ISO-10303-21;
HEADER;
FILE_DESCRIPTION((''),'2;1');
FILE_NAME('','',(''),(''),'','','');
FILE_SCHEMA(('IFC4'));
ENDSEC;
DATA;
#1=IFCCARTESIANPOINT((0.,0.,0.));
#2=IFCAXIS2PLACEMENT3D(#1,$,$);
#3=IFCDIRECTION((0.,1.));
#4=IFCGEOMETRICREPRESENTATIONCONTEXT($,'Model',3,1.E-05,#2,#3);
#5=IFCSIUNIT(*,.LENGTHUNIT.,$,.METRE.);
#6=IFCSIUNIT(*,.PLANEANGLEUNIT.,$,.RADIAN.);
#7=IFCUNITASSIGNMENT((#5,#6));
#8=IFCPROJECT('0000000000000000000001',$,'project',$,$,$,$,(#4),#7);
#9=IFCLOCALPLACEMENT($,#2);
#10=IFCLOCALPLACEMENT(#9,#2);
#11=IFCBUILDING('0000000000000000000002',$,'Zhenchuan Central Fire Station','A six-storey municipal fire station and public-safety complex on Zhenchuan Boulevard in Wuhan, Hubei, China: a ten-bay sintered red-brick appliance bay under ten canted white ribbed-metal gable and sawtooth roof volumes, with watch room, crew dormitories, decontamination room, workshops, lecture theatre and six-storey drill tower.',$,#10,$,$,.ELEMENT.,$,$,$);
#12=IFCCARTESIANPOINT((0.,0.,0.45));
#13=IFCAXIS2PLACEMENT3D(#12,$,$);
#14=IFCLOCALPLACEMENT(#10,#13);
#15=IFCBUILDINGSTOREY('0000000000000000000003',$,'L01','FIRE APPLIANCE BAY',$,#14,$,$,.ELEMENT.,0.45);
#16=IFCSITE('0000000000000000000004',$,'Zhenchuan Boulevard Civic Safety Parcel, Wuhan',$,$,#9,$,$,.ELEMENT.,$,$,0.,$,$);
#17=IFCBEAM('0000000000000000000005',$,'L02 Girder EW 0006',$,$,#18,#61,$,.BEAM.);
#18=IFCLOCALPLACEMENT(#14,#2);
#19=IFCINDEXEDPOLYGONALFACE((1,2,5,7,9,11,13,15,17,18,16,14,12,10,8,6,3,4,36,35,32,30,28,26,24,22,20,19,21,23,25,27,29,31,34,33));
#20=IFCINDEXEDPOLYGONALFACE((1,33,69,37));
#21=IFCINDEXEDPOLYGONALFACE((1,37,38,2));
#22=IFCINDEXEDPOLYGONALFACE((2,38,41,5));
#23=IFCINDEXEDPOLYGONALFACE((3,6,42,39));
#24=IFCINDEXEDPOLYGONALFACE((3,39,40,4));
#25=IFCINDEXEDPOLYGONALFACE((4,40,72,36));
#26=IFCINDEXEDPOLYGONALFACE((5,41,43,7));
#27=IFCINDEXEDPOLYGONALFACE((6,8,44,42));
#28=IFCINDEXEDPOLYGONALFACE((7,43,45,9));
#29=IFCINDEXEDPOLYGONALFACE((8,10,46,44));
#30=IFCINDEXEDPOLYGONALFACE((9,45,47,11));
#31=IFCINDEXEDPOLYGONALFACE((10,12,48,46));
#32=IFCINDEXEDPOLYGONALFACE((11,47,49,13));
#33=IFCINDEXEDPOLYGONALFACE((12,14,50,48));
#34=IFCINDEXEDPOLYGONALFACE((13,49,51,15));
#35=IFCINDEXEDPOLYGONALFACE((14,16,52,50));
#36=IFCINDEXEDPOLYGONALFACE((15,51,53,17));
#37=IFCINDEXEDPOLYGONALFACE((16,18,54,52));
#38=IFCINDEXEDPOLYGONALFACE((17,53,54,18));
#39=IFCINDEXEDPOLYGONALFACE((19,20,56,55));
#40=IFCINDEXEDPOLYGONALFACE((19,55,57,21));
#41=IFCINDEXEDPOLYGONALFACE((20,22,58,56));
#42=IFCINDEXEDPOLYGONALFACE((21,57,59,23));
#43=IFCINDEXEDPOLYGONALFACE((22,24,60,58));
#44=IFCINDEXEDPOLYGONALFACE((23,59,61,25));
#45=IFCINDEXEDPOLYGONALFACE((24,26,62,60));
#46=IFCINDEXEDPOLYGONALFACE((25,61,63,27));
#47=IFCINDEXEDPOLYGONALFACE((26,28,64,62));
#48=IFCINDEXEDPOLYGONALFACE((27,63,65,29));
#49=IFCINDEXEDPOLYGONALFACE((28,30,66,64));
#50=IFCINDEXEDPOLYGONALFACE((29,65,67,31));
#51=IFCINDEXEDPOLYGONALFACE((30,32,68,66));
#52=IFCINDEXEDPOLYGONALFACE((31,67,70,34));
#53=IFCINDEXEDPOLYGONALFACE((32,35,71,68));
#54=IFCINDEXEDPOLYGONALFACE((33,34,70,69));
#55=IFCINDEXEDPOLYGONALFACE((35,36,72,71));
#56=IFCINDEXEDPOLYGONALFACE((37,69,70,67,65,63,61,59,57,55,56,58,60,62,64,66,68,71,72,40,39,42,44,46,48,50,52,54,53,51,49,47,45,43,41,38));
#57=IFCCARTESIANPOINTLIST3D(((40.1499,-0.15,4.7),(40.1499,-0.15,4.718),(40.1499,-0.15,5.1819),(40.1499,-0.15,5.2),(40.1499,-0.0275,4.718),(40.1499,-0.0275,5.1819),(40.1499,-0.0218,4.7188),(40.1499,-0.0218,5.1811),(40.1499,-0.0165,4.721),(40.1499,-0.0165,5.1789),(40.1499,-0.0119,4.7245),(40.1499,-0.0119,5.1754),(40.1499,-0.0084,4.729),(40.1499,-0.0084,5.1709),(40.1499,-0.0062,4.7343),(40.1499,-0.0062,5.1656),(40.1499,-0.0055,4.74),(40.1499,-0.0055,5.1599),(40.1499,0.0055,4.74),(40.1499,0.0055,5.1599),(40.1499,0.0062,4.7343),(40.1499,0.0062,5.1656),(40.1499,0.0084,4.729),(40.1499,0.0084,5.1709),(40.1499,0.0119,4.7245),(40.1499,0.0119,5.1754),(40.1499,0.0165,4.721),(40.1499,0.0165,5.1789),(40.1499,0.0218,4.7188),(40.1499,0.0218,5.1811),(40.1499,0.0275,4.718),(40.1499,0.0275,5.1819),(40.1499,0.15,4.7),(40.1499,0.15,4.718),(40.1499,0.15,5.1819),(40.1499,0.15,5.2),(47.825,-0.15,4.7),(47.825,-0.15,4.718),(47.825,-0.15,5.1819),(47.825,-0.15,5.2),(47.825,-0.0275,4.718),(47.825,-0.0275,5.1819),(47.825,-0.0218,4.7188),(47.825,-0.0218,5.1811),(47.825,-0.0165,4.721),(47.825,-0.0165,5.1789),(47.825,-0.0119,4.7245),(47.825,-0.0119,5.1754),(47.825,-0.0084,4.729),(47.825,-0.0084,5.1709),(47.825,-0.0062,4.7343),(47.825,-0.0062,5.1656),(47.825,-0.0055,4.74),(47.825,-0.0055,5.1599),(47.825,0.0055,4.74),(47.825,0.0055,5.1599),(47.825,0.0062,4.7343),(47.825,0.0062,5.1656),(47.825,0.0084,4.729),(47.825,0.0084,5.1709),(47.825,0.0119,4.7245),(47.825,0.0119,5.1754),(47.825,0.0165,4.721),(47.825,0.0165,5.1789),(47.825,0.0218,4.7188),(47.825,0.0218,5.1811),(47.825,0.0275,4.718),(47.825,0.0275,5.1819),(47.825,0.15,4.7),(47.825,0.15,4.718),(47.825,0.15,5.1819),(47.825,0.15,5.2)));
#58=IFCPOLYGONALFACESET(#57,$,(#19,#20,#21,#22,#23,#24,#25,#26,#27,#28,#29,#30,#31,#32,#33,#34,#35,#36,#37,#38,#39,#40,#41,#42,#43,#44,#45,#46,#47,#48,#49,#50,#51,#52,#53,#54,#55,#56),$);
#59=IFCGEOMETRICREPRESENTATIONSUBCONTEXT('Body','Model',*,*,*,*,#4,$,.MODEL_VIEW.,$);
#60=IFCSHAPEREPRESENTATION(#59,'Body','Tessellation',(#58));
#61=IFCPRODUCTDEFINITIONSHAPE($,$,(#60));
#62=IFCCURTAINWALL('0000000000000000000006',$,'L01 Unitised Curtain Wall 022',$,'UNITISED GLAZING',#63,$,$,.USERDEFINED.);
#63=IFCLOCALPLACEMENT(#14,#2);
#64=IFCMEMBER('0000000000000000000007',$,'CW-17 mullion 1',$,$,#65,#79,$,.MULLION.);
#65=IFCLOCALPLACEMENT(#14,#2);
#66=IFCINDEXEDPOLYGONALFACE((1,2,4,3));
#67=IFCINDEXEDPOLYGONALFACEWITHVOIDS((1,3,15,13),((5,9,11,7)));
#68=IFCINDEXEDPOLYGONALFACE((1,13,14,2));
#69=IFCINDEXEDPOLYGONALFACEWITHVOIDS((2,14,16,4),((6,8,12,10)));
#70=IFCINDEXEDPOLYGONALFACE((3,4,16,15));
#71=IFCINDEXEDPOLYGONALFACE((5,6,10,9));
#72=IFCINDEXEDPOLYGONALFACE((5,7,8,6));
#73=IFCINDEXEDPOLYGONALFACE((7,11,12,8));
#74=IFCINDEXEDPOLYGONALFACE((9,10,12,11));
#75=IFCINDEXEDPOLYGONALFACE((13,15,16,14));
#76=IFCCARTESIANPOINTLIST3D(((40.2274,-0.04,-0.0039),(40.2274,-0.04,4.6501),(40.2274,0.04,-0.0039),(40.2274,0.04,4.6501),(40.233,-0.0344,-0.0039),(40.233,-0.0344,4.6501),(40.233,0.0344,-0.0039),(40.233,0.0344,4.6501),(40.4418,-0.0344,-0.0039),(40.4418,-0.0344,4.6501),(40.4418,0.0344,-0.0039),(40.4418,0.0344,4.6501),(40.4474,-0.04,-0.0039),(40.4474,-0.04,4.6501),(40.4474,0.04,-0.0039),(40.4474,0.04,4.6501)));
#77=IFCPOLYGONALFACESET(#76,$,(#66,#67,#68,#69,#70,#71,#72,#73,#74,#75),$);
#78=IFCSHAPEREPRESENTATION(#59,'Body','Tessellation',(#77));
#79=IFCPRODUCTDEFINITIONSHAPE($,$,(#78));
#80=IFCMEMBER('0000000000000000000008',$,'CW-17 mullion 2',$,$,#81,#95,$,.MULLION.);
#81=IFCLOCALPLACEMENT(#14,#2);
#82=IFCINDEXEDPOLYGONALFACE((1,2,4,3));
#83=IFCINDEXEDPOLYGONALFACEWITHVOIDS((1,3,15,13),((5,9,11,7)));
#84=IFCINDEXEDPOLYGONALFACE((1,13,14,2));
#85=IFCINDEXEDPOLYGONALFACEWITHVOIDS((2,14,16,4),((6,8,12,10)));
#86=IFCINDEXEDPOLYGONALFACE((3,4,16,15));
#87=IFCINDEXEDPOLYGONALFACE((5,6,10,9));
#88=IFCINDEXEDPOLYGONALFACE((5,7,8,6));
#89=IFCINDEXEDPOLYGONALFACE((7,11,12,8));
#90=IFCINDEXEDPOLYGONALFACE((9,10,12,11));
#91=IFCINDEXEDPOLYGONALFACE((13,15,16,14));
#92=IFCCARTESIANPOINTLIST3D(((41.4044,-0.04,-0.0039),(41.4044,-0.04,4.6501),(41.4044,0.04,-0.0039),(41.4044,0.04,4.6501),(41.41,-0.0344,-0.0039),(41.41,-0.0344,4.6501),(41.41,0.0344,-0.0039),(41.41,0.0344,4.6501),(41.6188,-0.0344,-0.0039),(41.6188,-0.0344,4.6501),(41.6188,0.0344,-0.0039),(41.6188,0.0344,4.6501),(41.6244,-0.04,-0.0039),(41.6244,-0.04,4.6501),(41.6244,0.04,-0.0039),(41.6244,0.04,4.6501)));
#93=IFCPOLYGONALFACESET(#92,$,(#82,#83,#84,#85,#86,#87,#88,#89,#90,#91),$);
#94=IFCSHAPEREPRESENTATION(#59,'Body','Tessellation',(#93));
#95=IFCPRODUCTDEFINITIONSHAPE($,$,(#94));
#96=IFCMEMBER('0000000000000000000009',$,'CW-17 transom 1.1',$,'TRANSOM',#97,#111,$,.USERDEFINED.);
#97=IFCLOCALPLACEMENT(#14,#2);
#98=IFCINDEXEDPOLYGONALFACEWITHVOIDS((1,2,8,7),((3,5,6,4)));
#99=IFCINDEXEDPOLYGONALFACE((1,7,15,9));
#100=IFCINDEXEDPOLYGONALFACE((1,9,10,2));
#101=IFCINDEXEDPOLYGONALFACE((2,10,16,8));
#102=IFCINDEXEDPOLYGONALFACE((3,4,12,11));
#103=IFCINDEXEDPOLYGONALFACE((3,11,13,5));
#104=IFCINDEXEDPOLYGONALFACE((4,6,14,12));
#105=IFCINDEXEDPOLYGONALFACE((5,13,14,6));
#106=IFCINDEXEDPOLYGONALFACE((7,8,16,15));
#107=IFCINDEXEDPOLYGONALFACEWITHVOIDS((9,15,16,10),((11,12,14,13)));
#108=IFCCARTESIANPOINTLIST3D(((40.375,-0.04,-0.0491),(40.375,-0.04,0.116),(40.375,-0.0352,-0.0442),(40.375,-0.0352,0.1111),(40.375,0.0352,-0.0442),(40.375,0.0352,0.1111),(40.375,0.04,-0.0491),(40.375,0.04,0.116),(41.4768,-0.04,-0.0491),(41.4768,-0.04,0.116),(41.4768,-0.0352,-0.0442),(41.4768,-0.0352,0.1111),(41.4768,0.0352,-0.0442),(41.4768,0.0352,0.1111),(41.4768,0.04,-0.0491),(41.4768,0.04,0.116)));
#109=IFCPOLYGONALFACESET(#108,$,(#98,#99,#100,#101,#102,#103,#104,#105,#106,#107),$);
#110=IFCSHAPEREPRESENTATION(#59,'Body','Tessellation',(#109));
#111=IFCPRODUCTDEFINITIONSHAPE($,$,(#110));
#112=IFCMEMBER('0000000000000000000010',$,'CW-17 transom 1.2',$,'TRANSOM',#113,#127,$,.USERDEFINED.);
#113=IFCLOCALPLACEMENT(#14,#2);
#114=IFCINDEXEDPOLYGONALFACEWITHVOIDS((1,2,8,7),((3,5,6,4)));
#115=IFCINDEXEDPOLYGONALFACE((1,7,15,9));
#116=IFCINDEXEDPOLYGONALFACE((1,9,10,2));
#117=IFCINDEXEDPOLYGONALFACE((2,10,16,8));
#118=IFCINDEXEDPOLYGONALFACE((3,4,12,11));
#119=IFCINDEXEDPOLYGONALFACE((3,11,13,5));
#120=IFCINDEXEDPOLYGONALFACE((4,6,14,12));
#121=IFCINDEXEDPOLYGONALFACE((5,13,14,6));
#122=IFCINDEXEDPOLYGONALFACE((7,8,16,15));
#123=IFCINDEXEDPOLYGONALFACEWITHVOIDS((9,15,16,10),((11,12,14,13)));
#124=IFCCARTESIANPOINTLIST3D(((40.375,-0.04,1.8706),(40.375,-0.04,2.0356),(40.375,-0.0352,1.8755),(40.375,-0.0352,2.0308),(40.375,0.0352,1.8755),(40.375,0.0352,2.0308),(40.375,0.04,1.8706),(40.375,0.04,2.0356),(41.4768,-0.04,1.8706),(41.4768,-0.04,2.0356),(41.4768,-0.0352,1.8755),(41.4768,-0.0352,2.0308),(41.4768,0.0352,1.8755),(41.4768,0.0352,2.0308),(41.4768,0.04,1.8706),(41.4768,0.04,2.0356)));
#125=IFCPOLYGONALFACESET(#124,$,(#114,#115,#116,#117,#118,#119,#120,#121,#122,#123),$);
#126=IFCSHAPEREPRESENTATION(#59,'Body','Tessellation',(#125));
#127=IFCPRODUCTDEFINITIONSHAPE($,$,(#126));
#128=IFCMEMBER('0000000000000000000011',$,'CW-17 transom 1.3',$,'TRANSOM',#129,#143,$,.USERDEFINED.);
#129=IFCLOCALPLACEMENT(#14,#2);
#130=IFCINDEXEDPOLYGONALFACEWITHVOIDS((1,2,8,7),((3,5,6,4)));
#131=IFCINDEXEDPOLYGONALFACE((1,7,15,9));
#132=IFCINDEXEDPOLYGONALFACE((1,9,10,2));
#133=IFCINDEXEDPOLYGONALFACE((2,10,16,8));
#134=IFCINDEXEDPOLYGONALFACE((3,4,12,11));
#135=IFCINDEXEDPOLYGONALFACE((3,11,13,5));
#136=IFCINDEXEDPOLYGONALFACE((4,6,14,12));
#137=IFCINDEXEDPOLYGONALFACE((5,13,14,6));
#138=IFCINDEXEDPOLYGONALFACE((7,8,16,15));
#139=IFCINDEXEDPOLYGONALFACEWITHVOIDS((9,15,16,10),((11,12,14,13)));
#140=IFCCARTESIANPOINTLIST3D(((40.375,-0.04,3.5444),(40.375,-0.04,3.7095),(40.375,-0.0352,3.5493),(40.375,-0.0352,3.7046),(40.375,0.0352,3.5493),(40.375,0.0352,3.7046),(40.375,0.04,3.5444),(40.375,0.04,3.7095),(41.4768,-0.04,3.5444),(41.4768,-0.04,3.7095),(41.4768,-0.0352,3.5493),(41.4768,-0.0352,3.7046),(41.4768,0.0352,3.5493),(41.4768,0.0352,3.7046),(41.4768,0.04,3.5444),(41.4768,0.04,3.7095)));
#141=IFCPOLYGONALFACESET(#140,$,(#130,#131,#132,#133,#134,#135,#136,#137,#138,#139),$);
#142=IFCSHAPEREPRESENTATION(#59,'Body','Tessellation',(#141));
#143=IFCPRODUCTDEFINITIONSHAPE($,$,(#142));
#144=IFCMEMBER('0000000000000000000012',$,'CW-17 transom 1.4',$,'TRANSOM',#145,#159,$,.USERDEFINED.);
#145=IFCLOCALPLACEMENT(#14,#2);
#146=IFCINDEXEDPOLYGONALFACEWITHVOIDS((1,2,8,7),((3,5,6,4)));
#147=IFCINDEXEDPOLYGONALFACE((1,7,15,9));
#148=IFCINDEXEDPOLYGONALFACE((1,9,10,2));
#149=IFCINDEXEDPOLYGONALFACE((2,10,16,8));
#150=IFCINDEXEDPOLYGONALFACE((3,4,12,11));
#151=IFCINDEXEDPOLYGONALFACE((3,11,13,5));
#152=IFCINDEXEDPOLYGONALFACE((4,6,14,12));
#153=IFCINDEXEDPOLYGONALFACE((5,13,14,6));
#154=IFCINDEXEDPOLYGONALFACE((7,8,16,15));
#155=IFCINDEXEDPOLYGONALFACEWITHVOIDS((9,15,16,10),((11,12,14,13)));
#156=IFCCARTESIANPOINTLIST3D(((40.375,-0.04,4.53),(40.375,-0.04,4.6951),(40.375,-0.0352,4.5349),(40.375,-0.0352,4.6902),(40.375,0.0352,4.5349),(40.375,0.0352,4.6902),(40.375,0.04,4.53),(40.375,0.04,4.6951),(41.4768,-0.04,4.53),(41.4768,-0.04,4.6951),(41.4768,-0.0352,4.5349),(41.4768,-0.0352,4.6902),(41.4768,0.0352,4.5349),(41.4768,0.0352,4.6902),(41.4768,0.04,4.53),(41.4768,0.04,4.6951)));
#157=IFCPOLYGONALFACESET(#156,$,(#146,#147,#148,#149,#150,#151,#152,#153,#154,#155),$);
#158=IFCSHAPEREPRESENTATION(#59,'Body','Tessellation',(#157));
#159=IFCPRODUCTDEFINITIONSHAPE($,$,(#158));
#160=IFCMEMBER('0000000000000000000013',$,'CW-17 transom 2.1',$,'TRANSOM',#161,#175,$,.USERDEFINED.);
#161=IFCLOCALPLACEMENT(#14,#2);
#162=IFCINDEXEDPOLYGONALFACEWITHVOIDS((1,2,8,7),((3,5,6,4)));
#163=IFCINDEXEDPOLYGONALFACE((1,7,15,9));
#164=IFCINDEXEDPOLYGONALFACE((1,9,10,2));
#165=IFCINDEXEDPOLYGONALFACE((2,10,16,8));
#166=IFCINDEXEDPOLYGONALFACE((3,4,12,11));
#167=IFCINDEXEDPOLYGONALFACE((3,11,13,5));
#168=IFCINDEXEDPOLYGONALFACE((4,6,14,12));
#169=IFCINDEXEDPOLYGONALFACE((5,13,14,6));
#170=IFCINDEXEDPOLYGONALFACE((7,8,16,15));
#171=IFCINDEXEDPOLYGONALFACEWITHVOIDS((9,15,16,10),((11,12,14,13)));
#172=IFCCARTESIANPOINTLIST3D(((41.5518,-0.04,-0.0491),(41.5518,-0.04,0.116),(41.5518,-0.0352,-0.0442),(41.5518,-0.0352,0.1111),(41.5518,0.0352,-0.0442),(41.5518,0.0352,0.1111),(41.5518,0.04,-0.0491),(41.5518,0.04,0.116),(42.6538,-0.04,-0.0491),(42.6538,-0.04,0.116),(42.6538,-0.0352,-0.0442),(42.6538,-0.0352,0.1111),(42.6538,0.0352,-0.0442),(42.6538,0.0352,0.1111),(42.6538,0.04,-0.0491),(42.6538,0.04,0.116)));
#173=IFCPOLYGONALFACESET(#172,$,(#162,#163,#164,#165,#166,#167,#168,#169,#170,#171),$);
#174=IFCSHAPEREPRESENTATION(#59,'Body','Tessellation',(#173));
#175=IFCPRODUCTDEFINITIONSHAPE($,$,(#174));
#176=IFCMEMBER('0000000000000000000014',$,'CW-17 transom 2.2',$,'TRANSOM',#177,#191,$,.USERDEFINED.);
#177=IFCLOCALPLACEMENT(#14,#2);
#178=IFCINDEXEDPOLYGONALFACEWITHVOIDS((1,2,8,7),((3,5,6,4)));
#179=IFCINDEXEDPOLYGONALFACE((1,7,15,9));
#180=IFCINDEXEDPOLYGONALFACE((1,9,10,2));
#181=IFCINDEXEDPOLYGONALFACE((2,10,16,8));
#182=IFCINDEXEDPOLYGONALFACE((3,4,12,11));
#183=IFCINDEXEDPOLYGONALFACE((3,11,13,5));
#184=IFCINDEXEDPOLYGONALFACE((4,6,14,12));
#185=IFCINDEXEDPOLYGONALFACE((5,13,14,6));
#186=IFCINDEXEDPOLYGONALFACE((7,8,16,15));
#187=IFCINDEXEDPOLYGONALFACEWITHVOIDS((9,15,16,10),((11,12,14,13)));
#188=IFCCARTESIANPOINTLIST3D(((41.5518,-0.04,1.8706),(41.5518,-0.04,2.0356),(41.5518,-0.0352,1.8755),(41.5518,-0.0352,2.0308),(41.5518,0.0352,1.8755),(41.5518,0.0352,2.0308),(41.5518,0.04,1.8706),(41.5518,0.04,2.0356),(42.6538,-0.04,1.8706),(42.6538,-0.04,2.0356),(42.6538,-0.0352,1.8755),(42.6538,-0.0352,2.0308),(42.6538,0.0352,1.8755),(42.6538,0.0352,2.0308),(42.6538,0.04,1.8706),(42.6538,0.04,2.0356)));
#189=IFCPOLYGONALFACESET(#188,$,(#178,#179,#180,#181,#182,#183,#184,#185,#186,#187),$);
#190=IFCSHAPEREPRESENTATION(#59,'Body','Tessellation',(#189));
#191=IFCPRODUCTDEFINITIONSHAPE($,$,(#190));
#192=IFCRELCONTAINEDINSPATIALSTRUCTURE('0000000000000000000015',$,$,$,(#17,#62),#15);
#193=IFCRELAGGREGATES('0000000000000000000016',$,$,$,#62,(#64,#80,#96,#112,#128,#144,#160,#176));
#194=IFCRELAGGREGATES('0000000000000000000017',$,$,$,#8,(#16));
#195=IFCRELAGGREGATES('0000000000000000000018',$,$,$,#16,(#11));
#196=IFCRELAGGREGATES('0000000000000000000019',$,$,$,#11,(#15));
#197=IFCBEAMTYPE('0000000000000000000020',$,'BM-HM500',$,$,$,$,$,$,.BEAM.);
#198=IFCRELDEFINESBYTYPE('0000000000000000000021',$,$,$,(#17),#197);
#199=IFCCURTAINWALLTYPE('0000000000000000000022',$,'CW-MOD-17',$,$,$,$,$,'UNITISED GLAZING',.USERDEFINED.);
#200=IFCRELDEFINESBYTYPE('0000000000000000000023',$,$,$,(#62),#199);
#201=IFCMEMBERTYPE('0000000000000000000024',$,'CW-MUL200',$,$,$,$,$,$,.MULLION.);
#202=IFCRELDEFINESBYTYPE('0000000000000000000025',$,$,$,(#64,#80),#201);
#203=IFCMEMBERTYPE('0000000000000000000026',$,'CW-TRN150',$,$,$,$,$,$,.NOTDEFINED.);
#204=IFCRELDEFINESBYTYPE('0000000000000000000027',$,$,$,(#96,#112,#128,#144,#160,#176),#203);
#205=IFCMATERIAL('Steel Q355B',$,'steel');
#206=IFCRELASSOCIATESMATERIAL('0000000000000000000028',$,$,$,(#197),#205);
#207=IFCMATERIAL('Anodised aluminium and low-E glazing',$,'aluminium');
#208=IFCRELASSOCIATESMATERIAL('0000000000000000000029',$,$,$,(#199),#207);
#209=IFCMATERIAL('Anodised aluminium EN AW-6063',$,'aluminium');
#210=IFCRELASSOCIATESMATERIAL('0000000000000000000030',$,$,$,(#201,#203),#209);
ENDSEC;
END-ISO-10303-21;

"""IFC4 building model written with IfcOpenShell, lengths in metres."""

from ifc_helpers import new_model, si_unit, direction, frame, origin, origin_2d, place, context, subcontext, project, spatial, hollow_rectangle, i_section, extrude, material, material_profile, profile_set, type_object, element, aggregate, save


model = new_model("IFC4")

# Units and contexts
model_context = context("Model", 3, precision=1e-05, world=origin(), true_north=direction((0.0, 1.0)))
body_context = subcontext(model_context, "Body", "Model", "MODEL_VIEW")
ifc_project = project(units=[si_unit("LENGTHUNIT", "METRE"), si_unit("PLANEANGLEUNIT", "RADIAN")], contexts=[model_context])

# Site, building, storey
site_placement = place(None, origin())
site = spatial("IfcSite", under=ifc_project, at=site_placement, Name="Zhenchuan Boulevard Civic Safety Parcel, Wuhan", CompositionType="ELEMENT", RefElevation=0.0)
building_placement = place(site_placement, origin())
building = spatial("IfcBuilding", under=site, at=building_placement, Name="Zhenchuan Central Fire Station", Description="A six-storey municipal fire station and public-safety complex on Zhenchuan Boulevard in Wuhan, Hubei, China: a ten-bay sintered red-brick appliance bay under ten canted white ribbed-metal gable and sawtooth roof volumes, with watch room, crew dormitories, decontamination room, workshops, lecture theatre and six-storey drill tower.", CompositionType="ELEMENT")
storey_placement = place(building_placement, frame((0.0, 0.0, 0.45)))
storey = spatial("IfcBuildingStorey", under=building, at=storey_placement, Name="L01", Description="FIRE APPLIANCE BAY", CompositionType="ELEMENT", Elevation=0.45)

# Shared definitions
ifc_material_1 = material(Name="Steel Q355B", Category="steel")

# Beam
ifc_material_profile_1 = material_profile(ifc_material_1, i_section(OverallWidth=0.3, OverallDepth=0.5, WebThickness=0.011, FlangeThickness=0.0181, FilletRadius=0.022, at=origin_2d()), Name="HM 500x300")
ifc_profile_set_1 = profile_set([ifc_material_profile_1], Name="Steel Q355B")
beam_type_1 = type_object("IfcBeamType", Name="BM-HM500", PredefinedType="BEAM", material=ifc_profile_set_1)
beam_1_placement = place(storey_placement, frame((40.1499, 0.0, 4.95), z_axis=(1.0, 0.0, 0.0), x_axis=(0.0, 1.0, 0.0)))
element("IfcBeam", 1, at=beam_1_placement, inside=storey, type_object=beam_type_1, Name="L02 Girder EW 0006", PredefinedType="BEAM", context=body_context, shape_type="SweptSolid", body=[
    extrude(i_section(OverallWidth=0.3, OverallDepth=0.5, WebThickness=0.011, FlangeThickness=0.0181, FilletRadius=0.022, at=origin_2d()), origin(), (0.0, 0.0, 1.0), 7.675),
])

# Curtain wall, members
ifc_material_2 = material(Name="Anodised aluminium and low-E glazing", Category="aluminium")
curtain_wall_type = type_object("IfcCurtainWallType", Name="CW-MOD-17", ElementType="UNITISED GLAZING", PredefinedType="USERDEFINED", material=ifc_material_2)
curtain_wall_placement = place(storey_placement, origin())
curtain_wall = element("IfcCurtainWall", 2, at=curtain_wall_placement, inside=storey, type_object=curtain_wall_type, Name="L01 Unitised Curtain Wall 022", ObjectType="UNITISED GLAZING", PredefinedType="USERDEFINED")
ifc_material_3 = material(Name="Anodised aluminium EN AW-6063", Category="aluminium")
ifc_material_profile_2 = material_profile(ifc_material_3, hollow_rectangle(XDim=0.0801, YDim=0.22, WallThickness=0.0056, at=origin_2d()), Name="ALU-M 220x80")
ifc_profile_set_2 = profile_set([ifc_material_profile_2], Name="Anodised aluminium EN AW-6063")
member_type_1 = type_object("IfcMemberType", Name="CW-MUL200", PredefinedType="MULLION", material=ifc_profile_set_2)
member_1_placement = place(storey_placement, frame((40.3374, 0.0, -0.0039), z_axis=(0.0, 0.0, 1.0), x_axis=(0.0, 1.0, 0.0)))
member_1 = element("IfcMember", 3, at=member_1_placement, type_object=member_type_1, Name="CW-17 mullion 1", PredefinedType="MULLION", context=body_context, shape_type="SweptSolid", body=[
    extrude(hollow_rectangle(XDim=0.0801, YDim=0.22, WallThickness=0.0056, at=origin_2d()), origin(), (0.0, 0.0, 1.0), 4.6541),
])
member_2_placement = place(storey_placement, frame((41.5144, 0.0, -0.0039), z_axis=(0.0, 0.0, 1.0), x_axis=(0.0, 1.0, 0.0)))
member_2 = element("IfcMember", 4, at=member_2_placement, type_object=member_type_1, Name="CW-17 mullion 2", PredefinedType="MULLION", context=body_context, shape_type="SweptSolid", body=[
    extrude(hollow_rectangle(XDim=0.0801, YDim=0.22, WallThickness=0.0056, at=origin_2d()), origin(), (0.0, 0.0, 1.0), 4.6541),
])
ifc_material_profile_3 = material_profile(ifc_material_3, hollow_rectangle(XDim=0.0801, YDim=0.165, WallThickness=0.0049, at=origin_2d()), Name="ALU-T 165x80")
ifc_profile_set_3 = profile_set([ifc_material_profile_3], Name="Anodised aluminium EN AW-6063")
member_type_2 = type_object("IfcMemberType", Name="CW-TRN150", PredefinedType="NOTDEFINED", material=ifc_profile_set_3)
member_3_placement = place(storey_placement, frame((40.375, 0.0, 0.0334), z_axis=(1.0, 0.0, 0.0), x_axis=(0.0, 1.0, 0.0)))
member_3 = element("IfcMember", 5, at=member_3_placement, type_object=member_type_2, Name="CW-17 transom 1.1", ObjectType="TRANSOM", PredefinedType="USERDEFINED", context=body_context, shape_type="SweptSolid", body=[
    extrude(hollow_rectangle(XDim=0.0801, YDim=0.165, WallThickness=0.0049, at=origin_2d()), origin(), (0.0, 0.0, 1.0), 1.1018),
])
member_4_placement = place(storey_placement, frame((40.375, 0.0, 1.9531), z_axis=(1.0, 0.0, 0.0), x_axis=(0.0, 1.0, 0.0)))
member_4 = element("IfcMember", 6, at=member_4_placement, type_object=member_type_2, Name="CW-17 transom 1.2", ObjectType="TRANSOM", PredefinedType="USERDEFINED", context=body_context, shape_type="SweptSolid", body=[
    extrude(hollow_rectangle(XDim=0.0801, YDim=0.165, WallThickness=0.0049, at=origin_2d()), origin(), (0.0, 0.0, 1.0), 1.1018),
])
member_5_placement = place(storey_placement, frame((40.375, 0.0, 3.627), z_axis=(1.0, 0.0, 0.0), x_axis=(0.0, 1.0, 0.0)))
member_5 = element("IfcMember", 7, at=member_5_placement, type_object=member_type_2, Name="CW-17 transom 1.3", ObjectType="TRANSOM", PredefinedType="USERDEFINED", context=body_context, shape_type="SweptSolid", body=[
    extrude(hollow_rectangle(XDim=0.0801, YDim=0.165, WallThickness=0.0049, at=origin_2d()), origin(), (0.0, 0.0, 1.0), 1.1018),
])
member_6_placement = place(storey_placement, frame((40.375, 0.0, 4.6125), z_axis=(1.0, 0.0, 0.0), x_axis=(0.0, 1.0, 0.0)))
member_6 = element("IfcMember", 8, at=member_6_placement, type_object=member_type_2, Name="CW-17 transom 1.4", ObjectType="TRANSOM", PredefinedType="USERDEFINED", context=body_context, shape_type="SweptSolid", body=[
    extrude(hollow_rectangle(XDim=0.0801, YDim=0.165, WallThickness=0.0049, at=origin_2d()), origin(), (0.0, 0.0, 1.0), 1.1018),
])
member_7_placement = place(storey_placement, frame((41.5518, 0.0, 0.0334), z_axis=(1.0, 0.0, 0.0), x_axis=(0.0, 1.0, 0.0)))
member_7 = element("IfcMember", 9, at=member_7_placement, type_object=member_type_2, Name="CW-17 transom 2.1", ObjectType="TRANSOM", PredefinedType="USERDEFINED", context=body_context, shape_type="SweptSolid", body=[
    extrude(hollow_rectangle(XDim=0.0801, YDim=0.165, WallThickness=0.0049, at=origin_2d()), origin(), (0.0, 0.0, 1.0), 1.1021),
])
member_8_placement = place(storey_placement, frame((41.5518, 0.0, 1.9531), z_axis=(1.0, 0.0, 0.0), x_axis=(0.0, 1.0, 0.0)))
member_8 = element("IfcMember", 10, at=member_8_placement, type_object=member_type_2, Name="CW-17 transom 2.2", ObjectType="TRANSOM", PredefinedType="USERDEFINED", context=body_context, shape_type="SweptSolid", body=[
    extrude(hollow_rectangle(XDim=0.0801, YDim=0.165, WallThickness=0.0049, at=origin_2d()), origin(), (0.0, 0.0, 1.0), 1.1021),
])

aggregate(curtain_wall, [member_1, member_2, member_3, member_4, member_5, member_6, member_7, member_8])

save(model, "model.ifc")
